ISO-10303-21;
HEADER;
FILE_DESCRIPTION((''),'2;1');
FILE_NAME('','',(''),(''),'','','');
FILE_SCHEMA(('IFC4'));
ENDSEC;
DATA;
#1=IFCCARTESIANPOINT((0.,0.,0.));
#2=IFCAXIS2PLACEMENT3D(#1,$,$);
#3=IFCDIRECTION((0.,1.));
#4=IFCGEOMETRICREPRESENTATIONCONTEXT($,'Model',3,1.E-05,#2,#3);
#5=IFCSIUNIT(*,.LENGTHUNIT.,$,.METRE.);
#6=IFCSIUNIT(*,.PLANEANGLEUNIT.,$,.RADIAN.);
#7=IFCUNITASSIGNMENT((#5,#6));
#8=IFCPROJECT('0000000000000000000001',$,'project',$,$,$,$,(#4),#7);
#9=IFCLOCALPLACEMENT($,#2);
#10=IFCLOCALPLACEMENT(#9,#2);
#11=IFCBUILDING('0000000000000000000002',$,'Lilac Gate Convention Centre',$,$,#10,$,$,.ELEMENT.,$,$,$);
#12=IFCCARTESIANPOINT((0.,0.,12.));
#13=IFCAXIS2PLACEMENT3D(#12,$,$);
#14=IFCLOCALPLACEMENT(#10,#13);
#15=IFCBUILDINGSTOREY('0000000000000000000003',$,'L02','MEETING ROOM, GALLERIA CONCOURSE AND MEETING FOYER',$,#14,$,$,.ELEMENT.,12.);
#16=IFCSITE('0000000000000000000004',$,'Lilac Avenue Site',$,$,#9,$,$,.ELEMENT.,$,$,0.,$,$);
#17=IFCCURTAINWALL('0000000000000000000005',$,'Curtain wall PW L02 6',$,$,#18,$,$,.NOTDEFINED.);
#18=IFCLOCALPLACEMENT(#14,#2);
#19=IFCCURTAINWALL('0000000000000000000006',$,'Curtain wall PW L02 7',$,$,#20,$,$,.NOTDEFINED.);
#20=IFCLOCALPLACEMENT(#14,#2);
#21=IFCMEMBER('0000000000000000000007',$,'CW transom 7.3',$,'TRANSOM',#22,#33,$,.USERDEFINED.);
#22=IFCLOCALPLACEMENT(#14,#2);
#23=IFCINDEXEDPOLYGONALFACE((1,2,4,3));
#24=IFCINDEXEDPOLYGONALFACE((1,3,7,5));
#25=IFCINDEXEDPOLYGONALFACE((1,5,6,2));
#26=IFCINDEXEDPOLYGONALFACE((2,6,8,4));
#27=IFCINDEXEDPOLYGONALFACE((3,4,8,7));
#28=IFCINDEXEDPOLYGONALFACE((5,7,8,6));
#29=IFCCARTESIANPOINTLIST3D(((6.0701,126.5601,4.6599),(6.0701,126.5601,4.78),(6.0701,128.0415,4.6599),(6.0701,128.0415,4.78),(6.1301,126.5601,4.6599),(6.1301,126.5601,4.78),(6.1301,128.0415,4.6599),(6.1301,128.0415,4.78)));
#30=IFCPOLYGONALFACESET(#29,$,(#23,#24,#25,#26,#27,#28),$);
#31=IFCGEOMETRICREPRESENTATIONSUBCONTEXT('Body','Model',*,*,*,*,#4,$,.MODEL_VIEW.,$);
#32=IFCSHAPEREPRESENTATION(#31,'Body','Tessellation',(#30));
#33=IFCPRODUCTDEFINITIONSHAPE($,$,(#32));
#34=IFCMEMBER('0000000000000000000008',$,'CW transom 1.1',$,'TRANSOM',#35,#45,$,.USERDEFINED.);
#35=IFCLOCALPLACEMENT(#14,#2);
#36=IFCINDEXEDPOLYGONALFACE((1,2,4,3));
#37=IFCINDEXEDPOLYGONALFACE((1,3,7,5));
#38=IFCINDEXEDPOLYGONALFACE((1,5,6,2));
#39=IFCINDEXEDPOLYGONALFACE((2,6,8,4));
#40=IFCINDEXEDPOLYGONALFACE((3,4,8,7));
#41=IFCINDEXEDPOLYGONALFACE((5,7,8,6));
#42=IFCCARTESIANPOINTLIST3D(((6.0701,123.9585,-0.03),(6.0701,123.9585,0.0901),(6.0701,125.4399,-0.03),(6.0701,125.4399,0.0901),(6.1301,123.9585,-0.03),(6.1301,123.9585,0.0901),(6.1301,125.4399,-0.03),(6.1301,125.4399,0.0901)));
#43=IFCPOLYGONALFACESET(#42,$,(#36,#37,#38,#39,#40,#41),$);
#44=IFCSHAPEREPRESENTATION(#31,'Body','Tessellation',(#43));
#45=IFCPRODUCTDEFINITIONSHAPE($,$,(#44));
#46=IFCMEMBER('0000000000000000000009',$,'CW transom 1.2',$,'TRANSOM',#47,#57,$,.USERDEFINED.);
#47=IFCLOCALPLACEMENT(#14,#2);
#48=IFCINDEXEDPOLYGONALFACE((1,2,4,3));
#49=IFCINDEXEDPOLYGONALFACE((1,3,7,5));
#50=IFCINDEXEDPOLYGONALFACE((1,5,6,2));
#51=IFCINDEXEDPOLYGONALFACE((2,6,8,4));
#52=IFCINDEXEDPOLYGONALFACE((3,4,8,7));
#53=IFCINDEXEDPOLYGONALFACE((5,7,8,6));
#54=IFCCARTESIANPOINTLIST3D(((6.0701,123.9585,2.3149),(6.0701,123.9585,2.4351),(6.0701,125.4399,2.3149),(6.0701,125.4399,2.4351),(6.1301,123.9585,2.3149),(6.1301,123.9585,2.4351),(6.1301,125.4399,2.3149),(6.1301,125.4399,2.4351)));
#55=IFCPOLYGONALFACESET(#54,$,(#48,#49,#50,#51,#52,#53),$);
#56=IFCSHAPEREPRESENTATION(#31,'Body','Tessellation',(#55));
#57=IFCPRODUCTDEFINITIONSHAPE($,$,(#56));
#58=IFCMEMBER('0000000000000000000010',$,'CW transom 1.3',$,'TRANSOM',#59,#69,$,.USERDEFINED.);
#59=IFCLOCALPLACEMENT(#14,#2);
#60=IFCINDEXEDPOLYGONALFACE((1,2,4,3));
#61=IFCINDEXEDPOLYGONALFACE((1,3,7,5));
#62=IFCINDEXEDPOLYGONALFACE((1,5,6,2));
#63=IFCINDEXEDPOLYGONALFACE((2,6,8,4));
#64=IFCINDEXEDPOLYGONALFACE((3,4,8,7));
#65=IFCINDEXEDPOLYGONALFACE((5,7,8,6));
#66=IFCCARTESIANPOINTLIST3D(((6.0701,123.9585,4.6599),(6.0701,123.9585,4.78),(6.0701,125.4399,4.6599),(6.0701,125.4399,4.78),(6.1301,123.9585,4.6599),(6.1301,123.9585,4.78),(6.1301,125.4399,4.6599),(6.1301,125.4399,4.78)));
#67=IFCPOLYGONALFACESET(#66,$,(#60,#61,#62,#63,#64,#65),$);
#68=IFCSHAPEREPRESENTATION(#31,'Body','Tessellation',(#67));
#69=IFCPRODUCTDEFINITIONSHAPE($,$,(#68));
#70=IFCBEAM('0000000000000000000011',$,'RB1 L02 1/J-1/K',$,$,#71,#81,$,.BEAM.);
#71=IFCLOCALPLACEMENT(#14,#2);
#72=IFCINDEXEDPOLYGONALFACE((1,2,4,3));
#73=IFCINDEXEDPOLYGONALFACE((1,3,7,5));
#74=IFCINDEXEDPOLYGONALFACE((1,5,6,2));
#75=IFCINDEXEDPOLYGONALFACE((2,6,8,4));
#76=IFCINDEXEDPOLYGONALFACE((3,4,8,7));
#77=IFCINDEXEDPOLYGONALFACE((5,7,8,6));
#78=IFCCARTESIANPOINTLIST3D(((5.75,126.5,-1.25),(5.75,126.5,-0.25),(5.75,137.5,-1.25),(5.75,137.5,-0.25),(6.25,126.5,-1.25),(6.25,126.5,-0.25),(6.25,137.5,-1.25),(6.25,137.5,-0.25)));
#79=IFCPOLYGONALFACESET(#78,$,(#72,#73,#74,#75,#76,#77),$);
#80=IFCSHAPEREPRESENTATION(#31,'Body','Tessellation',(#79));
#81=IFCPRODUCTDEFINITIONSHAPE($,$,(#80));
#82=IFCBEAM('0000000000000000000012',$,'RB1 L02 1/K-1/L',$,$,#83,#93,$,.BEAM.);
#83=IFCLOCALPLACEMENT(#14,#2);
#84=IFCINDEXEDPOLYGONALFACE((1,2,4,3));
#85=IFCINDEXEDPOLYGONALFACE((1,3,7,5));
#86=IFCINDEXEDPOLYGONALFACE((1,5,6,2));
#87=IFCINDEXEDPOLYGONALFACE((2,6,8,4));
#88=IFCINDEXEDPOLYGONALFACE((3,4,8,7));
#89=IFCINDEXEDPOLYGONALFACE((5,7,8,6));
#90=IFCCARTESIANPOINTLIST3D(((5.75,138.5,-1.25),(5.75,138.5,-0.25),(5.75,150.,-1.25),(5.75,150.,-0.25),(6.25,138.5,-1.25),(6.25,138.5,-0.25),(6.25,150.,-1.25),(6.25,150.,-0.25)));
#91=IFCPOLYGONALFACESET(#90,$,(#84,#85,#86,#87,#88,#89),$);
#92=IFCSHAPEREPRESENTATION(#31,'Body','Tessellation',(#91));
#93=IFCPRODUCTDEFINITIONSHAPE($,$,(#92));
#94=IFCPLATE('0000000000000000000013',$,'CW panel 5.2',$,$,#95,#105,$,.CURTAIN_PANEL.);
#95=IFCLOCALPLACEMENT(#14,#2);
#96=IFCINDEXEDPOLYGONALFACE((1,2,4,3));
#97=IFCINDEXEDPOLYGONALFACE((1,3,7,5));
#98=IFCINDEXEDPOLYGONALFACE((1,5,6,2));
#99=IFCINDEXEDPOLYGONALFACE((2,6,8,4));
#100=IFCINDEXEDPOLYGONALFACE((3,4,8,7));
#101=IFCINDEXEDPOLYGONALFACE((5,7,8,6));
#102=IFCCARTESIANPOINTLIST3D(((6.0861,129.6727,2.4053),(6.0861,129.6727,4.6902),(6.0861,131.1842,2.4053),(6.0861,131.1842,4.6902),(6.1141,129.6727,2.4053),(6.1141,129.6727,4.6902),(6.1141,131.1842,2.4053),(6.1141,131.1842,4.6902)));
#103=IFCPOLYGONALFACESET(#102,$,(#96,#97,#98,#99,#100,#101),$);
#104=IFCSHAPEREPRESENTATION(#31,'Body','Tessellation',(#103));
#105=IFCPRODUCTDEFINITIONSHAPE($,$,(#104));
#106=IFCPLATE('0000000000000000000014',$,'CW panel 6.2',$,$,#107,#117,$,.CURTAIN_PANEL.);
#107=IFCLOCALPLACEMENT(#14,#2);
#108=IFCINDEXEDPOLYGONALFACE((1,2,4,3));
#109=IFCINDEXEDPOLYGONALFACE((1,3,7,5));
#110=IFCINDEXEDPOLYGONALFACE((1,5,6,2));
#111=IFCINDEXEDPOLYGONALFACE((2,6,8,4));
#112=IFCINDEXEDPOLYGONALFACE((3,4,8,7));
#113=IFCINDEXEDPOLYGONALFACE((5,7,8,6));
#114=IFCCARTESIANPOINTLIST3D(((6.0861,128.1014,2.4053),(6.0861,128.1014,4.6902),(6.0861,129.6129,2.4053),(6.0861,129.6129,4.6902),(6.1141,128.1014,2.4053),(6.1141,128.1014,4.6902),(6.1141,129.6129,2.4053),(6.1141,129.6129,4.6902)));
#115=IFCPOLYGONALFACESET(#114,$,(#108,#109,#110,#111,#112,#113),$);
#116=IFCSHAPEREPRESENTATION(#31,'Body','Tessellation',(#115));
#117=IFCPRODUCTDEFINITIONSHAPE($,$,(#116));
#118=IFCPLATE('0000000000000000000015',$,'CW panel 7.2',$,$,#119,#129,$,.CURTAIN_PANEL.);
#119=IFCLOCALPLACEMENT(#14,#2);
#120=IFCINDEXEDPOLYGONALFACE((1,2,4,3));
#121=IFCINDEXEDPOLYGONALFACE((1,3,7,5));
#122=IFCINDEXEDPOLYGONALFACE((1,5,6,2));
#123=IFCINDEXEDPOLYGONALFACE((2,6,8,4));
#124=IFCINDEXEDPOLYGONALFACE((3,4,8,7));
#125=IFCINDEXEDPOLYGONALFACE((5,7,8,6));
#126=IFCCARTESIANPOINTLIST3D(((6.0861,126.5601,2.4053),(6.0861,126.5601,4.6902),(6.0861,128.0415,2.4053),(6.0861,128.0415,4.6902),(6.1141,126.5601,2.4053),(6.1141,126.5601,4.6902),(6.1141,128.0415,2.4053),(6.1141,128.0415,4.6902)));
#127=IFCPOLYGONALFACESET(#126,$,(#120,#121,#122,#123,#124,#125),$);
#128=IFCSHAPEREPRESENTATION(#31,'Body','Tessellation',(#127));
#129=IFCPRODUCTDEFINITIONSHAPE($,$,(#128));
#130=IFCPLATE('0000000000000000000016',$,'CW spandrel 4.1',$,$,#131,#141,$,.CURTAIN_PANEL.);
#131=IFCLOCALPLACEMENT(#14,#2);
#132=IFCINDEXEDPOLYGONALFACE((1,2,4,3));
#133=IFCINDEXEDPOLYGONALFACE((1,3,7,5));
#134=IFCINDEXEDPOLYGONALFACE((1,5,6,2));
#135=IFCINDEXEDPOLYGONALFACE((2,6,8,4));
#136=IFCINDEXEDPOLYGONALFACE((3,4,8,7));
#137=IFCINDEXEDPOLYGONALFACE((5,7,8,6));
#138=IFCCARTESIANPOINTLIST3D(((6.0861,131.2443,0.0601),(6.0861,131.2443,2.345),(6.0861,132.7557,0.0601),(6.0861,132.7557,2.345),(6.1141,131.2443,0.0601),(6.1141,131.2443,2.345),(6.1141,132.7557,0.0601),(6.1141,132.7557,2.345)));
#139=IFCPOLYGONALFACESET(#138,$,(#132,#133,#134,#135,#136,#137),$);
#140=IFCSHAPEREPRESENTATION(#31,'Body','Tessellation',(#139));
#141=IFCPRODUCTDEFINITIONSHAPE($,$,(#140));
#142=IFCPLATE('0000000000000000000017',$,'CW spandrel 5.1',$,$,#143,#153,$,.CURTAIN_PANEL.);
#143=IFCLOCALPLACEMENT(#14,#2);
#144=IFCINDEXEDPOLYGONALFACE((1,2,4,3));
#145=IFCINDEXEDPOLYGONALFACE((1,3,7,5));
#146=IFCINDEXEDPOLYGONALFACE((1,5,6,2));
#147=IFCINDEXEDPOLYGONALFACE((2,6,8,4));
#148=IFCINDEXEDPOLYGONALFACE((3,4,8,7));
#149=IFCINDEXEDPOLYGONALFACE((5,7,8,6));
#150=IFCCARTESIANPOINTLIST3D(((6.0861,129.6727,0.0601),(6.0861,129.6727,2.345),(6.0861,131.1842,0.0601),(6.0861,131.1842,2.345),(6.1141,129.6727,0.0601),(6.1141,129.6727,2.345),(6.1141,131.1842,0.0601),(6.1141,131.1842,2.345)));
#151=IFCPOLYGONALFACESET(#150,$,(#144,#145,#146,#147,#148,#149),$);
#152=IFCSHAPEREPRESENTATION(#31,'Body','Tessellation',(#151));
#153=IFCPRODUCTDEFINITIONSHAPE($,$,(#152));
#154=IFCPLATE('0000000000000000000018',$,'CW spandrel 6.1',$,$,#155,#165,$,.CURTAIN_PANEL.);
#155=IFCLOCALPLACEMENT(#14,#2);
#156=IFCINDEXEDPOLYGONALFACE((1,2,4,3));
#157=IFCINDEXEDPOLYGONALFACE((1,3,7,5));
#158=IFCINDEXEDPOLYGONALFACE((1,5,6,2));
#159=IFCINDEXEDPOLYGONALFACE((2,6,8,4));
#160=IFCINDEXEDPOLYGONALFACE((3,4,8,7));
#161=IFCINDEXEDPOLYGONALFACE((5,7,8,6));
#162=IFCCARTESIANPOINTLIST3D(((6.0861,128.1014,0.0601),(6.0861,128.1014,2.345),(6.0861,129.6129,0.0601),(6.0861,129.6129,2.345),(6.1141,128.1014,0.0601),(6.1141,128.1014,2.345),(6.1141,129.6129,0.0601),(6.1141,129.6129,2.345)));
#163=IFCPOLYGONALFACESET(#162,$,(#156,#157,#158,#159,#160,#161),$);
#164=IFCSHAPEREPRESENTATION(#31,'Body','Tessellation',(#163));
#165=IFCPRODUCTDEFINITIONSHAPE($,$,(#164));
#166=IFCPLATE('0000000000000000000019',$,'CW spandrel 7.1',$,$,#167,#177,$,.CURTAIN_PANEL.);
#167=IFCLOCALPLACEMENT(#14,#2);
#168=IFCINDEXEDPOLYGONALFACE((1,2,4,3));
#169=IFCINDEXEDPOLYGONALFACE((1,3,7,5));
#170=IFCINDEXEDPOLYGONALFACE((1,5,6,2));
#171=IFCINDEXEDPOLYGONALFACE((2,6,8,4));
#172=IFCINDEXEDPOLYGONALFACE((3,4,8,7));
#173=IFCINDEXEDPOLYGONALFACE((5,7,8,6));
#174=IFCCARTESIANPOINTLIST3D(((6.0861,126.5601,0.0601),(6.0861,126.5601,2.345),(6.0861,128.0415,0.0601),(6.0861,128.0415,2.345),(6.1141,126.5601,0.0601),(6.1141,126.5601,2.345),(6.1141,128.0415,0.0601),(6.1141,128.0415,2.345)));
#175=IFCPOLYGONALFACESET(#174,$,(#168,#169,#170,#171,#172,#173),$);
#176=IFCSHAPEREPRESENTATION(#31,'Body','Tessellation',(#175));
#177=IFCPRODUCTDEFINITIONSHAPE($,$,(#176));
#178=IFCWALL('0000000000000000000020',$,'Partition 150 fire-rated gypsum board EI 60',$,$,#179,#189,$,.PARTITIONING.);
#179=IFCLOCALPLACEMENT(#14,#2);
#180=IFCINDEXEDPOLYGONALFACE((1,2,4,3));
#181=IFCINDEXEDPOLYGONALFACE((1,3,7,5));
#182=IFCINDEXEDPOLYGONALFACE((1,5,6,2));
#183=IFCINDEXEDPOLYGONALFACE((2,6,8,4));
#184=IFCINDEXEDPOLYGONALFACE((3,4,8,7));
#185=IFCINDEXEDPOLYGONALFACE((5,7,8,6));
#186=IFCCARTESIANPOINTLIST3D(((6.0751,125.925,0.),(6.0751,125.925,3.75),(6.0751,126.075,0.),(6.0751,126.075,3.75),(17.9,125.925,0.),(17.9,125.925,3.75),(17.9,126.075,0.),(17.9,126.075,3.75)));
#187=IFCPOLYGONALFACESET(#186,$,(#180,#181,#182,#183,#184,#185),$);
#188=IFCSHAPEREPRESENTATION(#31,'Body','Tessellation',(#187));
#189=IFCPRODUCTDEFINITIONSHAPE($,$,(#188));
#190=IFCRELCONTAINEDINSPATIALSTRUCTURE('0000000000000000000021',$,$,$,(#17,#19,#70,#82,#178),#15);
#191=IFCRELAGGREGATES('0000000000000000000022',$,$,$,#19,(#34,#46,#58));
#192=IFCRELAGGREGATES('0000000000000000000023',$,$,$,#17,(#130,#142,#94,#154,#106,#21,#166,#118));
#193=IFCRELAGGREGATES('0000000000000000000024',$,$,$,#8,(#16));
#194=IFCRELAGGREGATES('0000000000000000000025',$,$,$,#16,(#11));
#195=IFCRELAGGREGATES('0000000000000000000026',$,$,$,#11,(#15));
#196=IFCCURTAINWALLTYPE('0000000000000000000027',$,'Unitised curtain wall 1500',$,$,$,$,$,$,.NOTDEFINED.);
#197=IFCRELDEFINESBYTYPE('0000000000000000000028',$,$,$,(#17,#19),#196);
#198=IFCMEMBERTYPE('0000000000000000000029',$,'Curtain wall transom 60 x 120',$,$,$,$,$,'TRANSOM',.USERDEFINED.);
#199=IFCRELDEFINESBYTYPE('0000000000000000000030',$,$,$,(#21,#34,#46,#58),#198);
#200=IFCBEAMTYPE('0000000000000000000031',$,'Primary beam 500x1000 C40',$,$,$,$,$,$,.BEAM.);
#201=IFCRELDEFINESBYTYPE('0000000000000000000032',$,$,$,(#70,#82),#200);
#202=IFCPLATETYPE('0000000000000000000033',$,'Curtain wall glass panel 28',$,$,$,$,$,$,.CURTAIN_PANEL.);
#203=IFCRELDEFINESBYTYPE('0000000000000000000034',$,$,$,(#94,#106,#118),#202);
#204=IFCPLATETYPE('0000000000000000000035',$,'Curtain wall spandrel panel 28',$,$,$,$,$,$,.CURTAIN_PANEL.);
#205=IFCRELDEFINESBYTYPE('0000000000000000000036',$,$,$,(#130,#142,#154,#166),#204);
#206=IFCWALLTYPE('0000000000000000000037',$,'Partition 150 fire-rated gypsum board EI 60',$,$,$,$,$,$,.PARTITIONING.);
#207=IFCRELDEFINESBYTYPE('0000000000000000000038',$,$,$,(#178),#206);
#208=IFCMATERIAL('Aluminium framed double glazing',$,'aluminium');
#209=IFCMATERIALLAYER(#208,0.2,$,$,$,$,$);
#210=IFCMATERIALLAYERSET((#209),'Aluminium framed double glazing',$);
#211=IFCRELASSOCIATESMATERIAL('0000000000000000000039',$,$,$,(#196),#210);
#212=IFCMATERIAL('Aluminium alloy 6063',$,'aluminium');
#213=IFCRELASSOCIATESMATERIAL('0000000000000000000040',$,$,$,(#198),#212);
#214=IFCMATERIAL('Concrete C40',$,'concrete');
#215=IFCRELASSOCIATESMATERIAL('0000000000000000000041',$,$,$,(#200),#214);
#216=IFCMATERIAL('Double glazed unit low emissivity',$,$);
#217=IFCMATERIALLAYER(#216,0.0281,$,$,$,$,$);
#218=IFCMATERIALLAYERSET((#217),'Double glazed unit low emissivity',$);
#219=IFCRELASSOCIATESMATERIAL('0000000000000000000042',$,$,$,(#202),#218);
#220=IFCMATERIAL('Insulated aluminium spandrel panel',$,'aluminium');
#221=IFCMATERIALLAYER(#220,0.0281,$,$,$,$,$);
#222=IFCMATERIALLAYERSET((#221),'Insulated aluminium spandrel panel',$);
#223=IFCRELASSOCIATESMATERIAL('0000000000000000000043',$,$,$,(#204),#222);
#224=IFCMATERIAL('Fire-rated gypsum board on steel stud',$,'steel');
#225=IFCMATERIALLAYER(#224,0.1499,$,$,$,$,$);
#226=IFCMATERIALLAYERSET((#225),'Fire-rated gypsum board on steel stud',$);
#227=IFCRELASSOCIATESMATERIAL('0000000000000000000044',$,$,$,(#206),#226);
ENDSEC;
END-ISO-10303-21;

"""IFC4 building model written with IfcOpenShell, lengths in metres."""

from ifc_helpers import new_model, si_unit, direction, frame, frame_2d, origin, origin_2d, place, context, subcontext, project, spatial, rectangle, extrude, material, layer, layer_set, material_profile, profile_set, type_object, element, aggregate, save


model = new_model("IFC4")

# Units and contexts
model_context = context("Model", 3, precision=1e-05, world=origin(), true_north=direction((0.0, 1.0)))
body_context = subcontext(model_context, "Body", "Model", "MODEL_VIEW")
ifc_project = project(units=[si_unit("LENGTHUNIT", "METRE"), si_unit("PLANEANGLEUNIT", "RADIAN")], contexts=[model_context])

# Site, building, storey
site_placement = place(None, origin())
site = spatial("IfcSite", under=ifc_project, at=site_placement, Name="Lilac Avenue Site", CompositionType="ELEMENT", RefElevation=0.0)
building_placement = place(site_placement, origin())
building = spatial("IfcBuilding", under=site, at=building_placement, Name="Lilac Gate Convention Centre", CompositionType="ELEMENT")
storey_placement = place(building_placement, frame((0.0, 0.0, 12.0)))
storey = spatial("IfcBuildingStorey", under=building, at=storey_placement, Name="L02", Description="MEETING ROOM, GALLERIA CONCOURSE AND MEETING FOYER", CompositionType="ELEMENT", Elevation=12.0)

# Shared definitions
ifc_material_1 = material(Name="Concrete C40", Category="concrete")

# Curtain wall
ifc_material_2 = material(Name="Aluminium framed double glazing", Category="aluminium")
ifc_layer_1 = layer(ifc_material_2, 0.2)
ifc_layer_set_1 = layer_set([ifc_layer_1], Name="Aluminium framed double glazing")
curtain_wall_type = type_object("IfcCurtainWallType", Name="Unitised curtain wall 1500", PredefinedType="NOTDEFINED", material=ifc_layer_set_1)
curtain_wall_1_placement = place(storey_placement, origin())
curtain_wall_1 = element("IfcCurtainWall", 1, at=curtain_wall_1_placement, inside=storey, type_object=curtain_wall_type, Name="Curtain wall PW L02 6", PredefinedType="NOTDEFINED")
ifc_material_3 = material(Name="Aluminium alloy 6063", Category="aluminium")

# Curtain wall
curtain_wall_2_placement = place(storey_placement, origin())
curtain_wall_2 = element("IfcCurtainWall", 2, at=curtain_wall_2_placement, inside=storey, type_object=curtain_wall_type, Name="Curtain wall PW L02 7", PredefinedType="NOTDEFINED")

# Members
ifc_material_profile_1 = material_profile(ifc_material_3, rectangle(XDim=0.0601, YDim=0.1201, at=origin_2d()), Name="Curtain wall transom 60 x 120")
ifc_profile_set_1 = profile_set([ifc_material_profile_1], Name="Aluminium alloy 6063")
member_type_1 = type_object("IfcMemberType", Name="Curtain wall transom 60 x 120", ElementType="TRANSOM", PredefinedType="USERDEFINED", material=ifc_profile_set_1)
member_1_placement = place(storey_placement, frame((6.1001, 128.0415, 4.72), z_axis=(0.0, -1.0, 0.0), x_axis=(1.0, 0.0, 0.0)))
member_1 = element("IfcMember", 3, at=member_1_placement, type_object=member_type_1, Name="CW transom 7.3", ObjectType="TRANSOM", PredefinedType="USERDEFINED", context=body_context, shape_type="SweptSolid", body=[
    extrude(rectangle(XDim=0.0601, YDim=0.1201, at=origin_2d()), origin(), (0.0, 0.0, 1.0), 1.4814),
])
member_2_placement = place(storey_placement, frame((6.1001, 125.4399, 0.03), z_axis=(0.0, -1.0, 0.0), x_axis=(1.0, 0.0, 0.0)))
member_2 = element("IfcMember", 4, at=member_2_placement, type_object=member_type_1, Name="CW transom 1.1", ObjectType="TRANSOM", PredefinedType="USERDEFINED", context=body_context, shape_type="SweptSolid", body=[
    extrude(rectangle(XDim=0.0601, YDim=0.1201, at=origin_2d()), origin(), (0.0, 0.0, 1.0), 1.4814),
])
member_3_placement = place(storey_placement, frame((6.1001, 125.4399, 2.375), z_axis=(0.0, -1.0, 0.0), x_axis=(1.0, 0.0, 0.0)))
member_3 = element("IfcMember", 5, at=member_3_placement, type_object=member_type_1, Name="CW transom 1.2", ObjectType="TRANSOM", PredefinedType="USERDEFINED", context=body_context, shape_type="SweptSolid", body=[
    extrude(rectangle(XDim=0.0601, YDim=0.1201, at=origin_2d()), origin(), (0.0, 0.0, 1.0), 1.4814),
])
member_4_placement = place(storey_placement, frame((6.1001, 125.4399, 4.72), z_axis=(0.0, -1.0, 0.0), x_axis=(1.0, 0.0, 0.0)))
member_4 = element("IfcMember", 6, at=member_4_placement, type_object=member_type_1, Name="CW transom 1.3", ObjectType="TRANSOM", PredefinedType="USERDEFINED", context=body_context, shape_type="SweptSolid", body=[
    extrude(rectangle(XDim=0.0601, YDim=0.1201, at=origin_2d()), origin(), (0.0, 0.0, 1.0), 1.4814),
])
aggregate(curtain_wall_2, [member_2, member_3, member_4])

# Beams
ifc_material_profile_2 = material_profile(ifc_material_1, rectangle(XDim=0.5, YDim=1.0, at=origin_2d()), Name="RC 500x1000")
ifc_profile_set_2 = profile_set([ifc_material_profile_2], Name="Concrete C40")
beam_type = type_object("IfcBeamType", Name="Primary beam 500x1000 C40", PredefinedType="BEAM", material=ifc_profile_set_2)
beam_1_placement = place(storey_placement, frame((6.0, 126.5, -0.75), z_axis=(0.0, 1.0, 0.0), x_axis=(-1.0, 0.0, 0.0)))
element("IfcBeam", 7, at=beam_1_placement, inside=storey, type_object=beam_type, Name="RB1 L02 1/J-1/K", PredefinedType="BEAM", context=body_context, shape_type="SweptSolid", body=[
    extrude(rectangle(XDim=0.5, YDim=1.0, at=origin_2d()), origin(), (0.0, 0.0, 1.0), 11.0),
])
beam_2_placement = place(storey_placement, frame((6.0, 138.5, -0.75), z_axis=(0.0, 1.0, 0.0), x_axis=(-1.0, 0.0, 0.0)))
element("IfcBeam", 8, at=beam_2_placement, inside=storey, type_object=beam_type, Name="RB1 L02 1/K-1/L", PredefinedType="BEAM", context=body_context, shape_type="SweptSolid", body=[
    extrude(rectangle(XDim=0.5, YDim=1.0, at=origin_2d()), origin(), (0.0, 0.0, 1.0), 11.5),
])

# Plates
ifc_material_4 = material(Name="Double glazed unit low emissivity")
ifc_layer_2 = layer(ifc_material_4, 0.0281)
ifc_layer_set_2 = layer_set([ifc_layer_2], Name="Double glazed unit low emissivity")
plate_type_1 = type_object("IfcPlateType", Name="Curtain wall glass panel 28", PredefinedType="CURTAIN_PANEL", material=ifc_layer_set_2)
plate_1_placement = place(storey_placement, frame((6.1001, 130.4285, 2.4053), z_axis=(0.0, 0.0, 1.0), x_axis=(0.0, -1.0, 0.0)))
plate_1 = element("IfcPlate", 9, at=plate_1_placement, type_object=plate_type_1, Name="CW panel 5.2", PredefinedType="CURTAIN_PANEL", context=body_context, shape_type="SweptSolid", body=[
    extrude(rectangle(XDim=1.5115, YDim=0.0281, at=origin_2d()), origin(), (0.0, 0.0, 1.0), 2.2849),
])
plate_2_placement = place(storey_placement, frame((6.1001, 128.8572, 2.4053), z_axis=(0.0, 0.0, 1.0), x_axis=(0.0, -1.0, 0.0)))
plate_2 = element("IfcPlate", 10, at=plate_2_placement, type_object=plate_type_1, Name="CW panel 6.2", PredefinedType="CURTAIN_PANEL", context=body_context, shape_type="SweptSolid", body=[
    extrude(rectangle(XDim=1.5115, YDim=0.0281, at=origin_2d()), origin(), (0.0, 0.0, 1.0), 2.2849),
])
plate_3_placement = place(storey_placement, frame((6.1001, 127.3008, 2.4053), z_axis=(0.0, 0.0, 1.0), x_axis=(0.0, -1.0, 0.0)))
plate_3 = element("IfcPlate", 11, at=plate_3_placement, type_object=plate_type_1, Name="CW panel 7.2", PredefinedType="CURTAIN_PANEL", context=body_context, shape_type="SweptSolid", body=[
    extrude(rectangle(XDim=1.4814, YDim=0.0281, at=origin_2d()), origin(), (0.0, 0.0, 1.0), 2.2849),
])
ifc_material_5 = material(Name="Insulated aluminium spandrel panel", Category="aluminium")
ifc_layer_3 = layer(ifc_material_5, 0.0281)
ifc_layer_set_3 = layer_set([ifc_layer_3], Name="Insulated aluminium spandrel panel")
plate_type_2 = type_object("IfcPlateType", Name="Curtain wall spandrel panel 28", PredefinedType="CURTAIN_PANEL", material=ifc_layer_set_3)
plate_4_placement = place(storey_placement, frame((6.1001, 132.0, 0.0601), z_axis=(0.0, 0.0, 1.0), x_axis=(0.0, -1.0, 0.0)))
plate_4 = element("IfcPlate", 12, at=plate_4_placement, type_object=plate_type_2, Name="CW spandrel 4.1", PredefinedType="CURTAIN_PANEL", context=body_context, shape_type="SweptSolid", body=[
    extrude(rectangle(XDim=1.5115, YDim=0.0281, at=origin_2d()), origin(), (0.0, 0.0, 1.0), 2.2849),
])
plate_5_placement = place(storey_placement, frame((6.1001, 130.4285, 0.0601), z_axis=(0.0, 0.0, 1.0), x_axis=(0.0, -1.0, 0.0)))
plate_5 = element("IfcPlate", 13, at=plate_5_placement, type_object=plate_type_2, Name="CW spandrel 5.1", PredefinedType="CURTAIN_PANEL", context=body_context, shape_type="SweptSolid", body=[
    extrude(rectangle(XDim=1.5115, YDim=0.0281, at=origin_2d()), origin(), (0.0, 0.0, 1.0), 2.2849),
])
plate_6_placement = place(storey_placement, frame((6.1001, 128.8572, 0.0601), z_axis=(0.0, 0.0, 1.0), x_axis=(0.0, -1.0, 0.0)))
plate_6 = element("IfcPlate", 14, at=plate_6_placement, type_object=plate_type_2, Name="CW spandrel 6.1", PredefinedType="CURTAIN_PANEL", context=body_context, shape_type="SweptSolid", body=[
    extrude(rectangle(XDim=1.5115, YDim=0.0281, at=origin_2d()), origin(), (0.0, 0.0, 1.0), 2.2849),
])
plate_7_placement = place(storey_placement, frame((6.1001, 127.3008, 0.0601), z_axis=(0.0, 0.0, 1.0), x_axis=(0.0, -1.0, 0.0)))
plate_7 = element("IfcPlate", 15, at=plate_7_placement, type_object=plate_type_2, Name="CW spandrel 7.1", PredefinedType="CURTAIN_PANEL", context=body_context, shape_type="SweptSolid", body=[
    extrude(rectangle(XDim=1.4814, YDim=0.0281, at=origin_2d()), origin(), (0.0, 0.0, 1.0), 2.2849),
])
aggregate(curtain_wall_1, [plate_4, plate_5, plate_1, plate_6, plate_2, member_1, plate_7, plate_3])

# Wall
ifc_material_6 = material(Name="Fire-rated gypsum board on steel stud", Category="steel")
ifc_layer_4 = layer(ifc_material_6, 0.1499)
ifc_layer_set_4 = layer_set([ifc_layer_4], Name="Fire-rated gypsum board on steel stud")
wall_type_1 = type_object("IfcWallType", Name="Partition 150 fire-rated gypsum board EI 60", PredefinedType="PARTITIONING", material=ifc_layer_set_4)
wall_1_placement = place(storey_placement, frame((6.075, 126.0, 0.0), z_axis=(0.0, 0.0, 1.0), x_axis=(1.0, 0.0, 0.0)))
element("IfcWall", 16, at=wall_1_placement, inside=storey, type_object=wall_type_1, Name="Partition 150 fire-rated gypsum board EI 60", PredefinedType="PARTITIONING", context=body_context, shape_type="SweptSolid", body=[
    extrude(rectangle(XDim=11.825, YDim=0.1499, at=frame_2d((5.9126, 0.0))), origin(), (0.0, 0.0, 1.0), 3.75),
])

save(model, "model.ifc")
